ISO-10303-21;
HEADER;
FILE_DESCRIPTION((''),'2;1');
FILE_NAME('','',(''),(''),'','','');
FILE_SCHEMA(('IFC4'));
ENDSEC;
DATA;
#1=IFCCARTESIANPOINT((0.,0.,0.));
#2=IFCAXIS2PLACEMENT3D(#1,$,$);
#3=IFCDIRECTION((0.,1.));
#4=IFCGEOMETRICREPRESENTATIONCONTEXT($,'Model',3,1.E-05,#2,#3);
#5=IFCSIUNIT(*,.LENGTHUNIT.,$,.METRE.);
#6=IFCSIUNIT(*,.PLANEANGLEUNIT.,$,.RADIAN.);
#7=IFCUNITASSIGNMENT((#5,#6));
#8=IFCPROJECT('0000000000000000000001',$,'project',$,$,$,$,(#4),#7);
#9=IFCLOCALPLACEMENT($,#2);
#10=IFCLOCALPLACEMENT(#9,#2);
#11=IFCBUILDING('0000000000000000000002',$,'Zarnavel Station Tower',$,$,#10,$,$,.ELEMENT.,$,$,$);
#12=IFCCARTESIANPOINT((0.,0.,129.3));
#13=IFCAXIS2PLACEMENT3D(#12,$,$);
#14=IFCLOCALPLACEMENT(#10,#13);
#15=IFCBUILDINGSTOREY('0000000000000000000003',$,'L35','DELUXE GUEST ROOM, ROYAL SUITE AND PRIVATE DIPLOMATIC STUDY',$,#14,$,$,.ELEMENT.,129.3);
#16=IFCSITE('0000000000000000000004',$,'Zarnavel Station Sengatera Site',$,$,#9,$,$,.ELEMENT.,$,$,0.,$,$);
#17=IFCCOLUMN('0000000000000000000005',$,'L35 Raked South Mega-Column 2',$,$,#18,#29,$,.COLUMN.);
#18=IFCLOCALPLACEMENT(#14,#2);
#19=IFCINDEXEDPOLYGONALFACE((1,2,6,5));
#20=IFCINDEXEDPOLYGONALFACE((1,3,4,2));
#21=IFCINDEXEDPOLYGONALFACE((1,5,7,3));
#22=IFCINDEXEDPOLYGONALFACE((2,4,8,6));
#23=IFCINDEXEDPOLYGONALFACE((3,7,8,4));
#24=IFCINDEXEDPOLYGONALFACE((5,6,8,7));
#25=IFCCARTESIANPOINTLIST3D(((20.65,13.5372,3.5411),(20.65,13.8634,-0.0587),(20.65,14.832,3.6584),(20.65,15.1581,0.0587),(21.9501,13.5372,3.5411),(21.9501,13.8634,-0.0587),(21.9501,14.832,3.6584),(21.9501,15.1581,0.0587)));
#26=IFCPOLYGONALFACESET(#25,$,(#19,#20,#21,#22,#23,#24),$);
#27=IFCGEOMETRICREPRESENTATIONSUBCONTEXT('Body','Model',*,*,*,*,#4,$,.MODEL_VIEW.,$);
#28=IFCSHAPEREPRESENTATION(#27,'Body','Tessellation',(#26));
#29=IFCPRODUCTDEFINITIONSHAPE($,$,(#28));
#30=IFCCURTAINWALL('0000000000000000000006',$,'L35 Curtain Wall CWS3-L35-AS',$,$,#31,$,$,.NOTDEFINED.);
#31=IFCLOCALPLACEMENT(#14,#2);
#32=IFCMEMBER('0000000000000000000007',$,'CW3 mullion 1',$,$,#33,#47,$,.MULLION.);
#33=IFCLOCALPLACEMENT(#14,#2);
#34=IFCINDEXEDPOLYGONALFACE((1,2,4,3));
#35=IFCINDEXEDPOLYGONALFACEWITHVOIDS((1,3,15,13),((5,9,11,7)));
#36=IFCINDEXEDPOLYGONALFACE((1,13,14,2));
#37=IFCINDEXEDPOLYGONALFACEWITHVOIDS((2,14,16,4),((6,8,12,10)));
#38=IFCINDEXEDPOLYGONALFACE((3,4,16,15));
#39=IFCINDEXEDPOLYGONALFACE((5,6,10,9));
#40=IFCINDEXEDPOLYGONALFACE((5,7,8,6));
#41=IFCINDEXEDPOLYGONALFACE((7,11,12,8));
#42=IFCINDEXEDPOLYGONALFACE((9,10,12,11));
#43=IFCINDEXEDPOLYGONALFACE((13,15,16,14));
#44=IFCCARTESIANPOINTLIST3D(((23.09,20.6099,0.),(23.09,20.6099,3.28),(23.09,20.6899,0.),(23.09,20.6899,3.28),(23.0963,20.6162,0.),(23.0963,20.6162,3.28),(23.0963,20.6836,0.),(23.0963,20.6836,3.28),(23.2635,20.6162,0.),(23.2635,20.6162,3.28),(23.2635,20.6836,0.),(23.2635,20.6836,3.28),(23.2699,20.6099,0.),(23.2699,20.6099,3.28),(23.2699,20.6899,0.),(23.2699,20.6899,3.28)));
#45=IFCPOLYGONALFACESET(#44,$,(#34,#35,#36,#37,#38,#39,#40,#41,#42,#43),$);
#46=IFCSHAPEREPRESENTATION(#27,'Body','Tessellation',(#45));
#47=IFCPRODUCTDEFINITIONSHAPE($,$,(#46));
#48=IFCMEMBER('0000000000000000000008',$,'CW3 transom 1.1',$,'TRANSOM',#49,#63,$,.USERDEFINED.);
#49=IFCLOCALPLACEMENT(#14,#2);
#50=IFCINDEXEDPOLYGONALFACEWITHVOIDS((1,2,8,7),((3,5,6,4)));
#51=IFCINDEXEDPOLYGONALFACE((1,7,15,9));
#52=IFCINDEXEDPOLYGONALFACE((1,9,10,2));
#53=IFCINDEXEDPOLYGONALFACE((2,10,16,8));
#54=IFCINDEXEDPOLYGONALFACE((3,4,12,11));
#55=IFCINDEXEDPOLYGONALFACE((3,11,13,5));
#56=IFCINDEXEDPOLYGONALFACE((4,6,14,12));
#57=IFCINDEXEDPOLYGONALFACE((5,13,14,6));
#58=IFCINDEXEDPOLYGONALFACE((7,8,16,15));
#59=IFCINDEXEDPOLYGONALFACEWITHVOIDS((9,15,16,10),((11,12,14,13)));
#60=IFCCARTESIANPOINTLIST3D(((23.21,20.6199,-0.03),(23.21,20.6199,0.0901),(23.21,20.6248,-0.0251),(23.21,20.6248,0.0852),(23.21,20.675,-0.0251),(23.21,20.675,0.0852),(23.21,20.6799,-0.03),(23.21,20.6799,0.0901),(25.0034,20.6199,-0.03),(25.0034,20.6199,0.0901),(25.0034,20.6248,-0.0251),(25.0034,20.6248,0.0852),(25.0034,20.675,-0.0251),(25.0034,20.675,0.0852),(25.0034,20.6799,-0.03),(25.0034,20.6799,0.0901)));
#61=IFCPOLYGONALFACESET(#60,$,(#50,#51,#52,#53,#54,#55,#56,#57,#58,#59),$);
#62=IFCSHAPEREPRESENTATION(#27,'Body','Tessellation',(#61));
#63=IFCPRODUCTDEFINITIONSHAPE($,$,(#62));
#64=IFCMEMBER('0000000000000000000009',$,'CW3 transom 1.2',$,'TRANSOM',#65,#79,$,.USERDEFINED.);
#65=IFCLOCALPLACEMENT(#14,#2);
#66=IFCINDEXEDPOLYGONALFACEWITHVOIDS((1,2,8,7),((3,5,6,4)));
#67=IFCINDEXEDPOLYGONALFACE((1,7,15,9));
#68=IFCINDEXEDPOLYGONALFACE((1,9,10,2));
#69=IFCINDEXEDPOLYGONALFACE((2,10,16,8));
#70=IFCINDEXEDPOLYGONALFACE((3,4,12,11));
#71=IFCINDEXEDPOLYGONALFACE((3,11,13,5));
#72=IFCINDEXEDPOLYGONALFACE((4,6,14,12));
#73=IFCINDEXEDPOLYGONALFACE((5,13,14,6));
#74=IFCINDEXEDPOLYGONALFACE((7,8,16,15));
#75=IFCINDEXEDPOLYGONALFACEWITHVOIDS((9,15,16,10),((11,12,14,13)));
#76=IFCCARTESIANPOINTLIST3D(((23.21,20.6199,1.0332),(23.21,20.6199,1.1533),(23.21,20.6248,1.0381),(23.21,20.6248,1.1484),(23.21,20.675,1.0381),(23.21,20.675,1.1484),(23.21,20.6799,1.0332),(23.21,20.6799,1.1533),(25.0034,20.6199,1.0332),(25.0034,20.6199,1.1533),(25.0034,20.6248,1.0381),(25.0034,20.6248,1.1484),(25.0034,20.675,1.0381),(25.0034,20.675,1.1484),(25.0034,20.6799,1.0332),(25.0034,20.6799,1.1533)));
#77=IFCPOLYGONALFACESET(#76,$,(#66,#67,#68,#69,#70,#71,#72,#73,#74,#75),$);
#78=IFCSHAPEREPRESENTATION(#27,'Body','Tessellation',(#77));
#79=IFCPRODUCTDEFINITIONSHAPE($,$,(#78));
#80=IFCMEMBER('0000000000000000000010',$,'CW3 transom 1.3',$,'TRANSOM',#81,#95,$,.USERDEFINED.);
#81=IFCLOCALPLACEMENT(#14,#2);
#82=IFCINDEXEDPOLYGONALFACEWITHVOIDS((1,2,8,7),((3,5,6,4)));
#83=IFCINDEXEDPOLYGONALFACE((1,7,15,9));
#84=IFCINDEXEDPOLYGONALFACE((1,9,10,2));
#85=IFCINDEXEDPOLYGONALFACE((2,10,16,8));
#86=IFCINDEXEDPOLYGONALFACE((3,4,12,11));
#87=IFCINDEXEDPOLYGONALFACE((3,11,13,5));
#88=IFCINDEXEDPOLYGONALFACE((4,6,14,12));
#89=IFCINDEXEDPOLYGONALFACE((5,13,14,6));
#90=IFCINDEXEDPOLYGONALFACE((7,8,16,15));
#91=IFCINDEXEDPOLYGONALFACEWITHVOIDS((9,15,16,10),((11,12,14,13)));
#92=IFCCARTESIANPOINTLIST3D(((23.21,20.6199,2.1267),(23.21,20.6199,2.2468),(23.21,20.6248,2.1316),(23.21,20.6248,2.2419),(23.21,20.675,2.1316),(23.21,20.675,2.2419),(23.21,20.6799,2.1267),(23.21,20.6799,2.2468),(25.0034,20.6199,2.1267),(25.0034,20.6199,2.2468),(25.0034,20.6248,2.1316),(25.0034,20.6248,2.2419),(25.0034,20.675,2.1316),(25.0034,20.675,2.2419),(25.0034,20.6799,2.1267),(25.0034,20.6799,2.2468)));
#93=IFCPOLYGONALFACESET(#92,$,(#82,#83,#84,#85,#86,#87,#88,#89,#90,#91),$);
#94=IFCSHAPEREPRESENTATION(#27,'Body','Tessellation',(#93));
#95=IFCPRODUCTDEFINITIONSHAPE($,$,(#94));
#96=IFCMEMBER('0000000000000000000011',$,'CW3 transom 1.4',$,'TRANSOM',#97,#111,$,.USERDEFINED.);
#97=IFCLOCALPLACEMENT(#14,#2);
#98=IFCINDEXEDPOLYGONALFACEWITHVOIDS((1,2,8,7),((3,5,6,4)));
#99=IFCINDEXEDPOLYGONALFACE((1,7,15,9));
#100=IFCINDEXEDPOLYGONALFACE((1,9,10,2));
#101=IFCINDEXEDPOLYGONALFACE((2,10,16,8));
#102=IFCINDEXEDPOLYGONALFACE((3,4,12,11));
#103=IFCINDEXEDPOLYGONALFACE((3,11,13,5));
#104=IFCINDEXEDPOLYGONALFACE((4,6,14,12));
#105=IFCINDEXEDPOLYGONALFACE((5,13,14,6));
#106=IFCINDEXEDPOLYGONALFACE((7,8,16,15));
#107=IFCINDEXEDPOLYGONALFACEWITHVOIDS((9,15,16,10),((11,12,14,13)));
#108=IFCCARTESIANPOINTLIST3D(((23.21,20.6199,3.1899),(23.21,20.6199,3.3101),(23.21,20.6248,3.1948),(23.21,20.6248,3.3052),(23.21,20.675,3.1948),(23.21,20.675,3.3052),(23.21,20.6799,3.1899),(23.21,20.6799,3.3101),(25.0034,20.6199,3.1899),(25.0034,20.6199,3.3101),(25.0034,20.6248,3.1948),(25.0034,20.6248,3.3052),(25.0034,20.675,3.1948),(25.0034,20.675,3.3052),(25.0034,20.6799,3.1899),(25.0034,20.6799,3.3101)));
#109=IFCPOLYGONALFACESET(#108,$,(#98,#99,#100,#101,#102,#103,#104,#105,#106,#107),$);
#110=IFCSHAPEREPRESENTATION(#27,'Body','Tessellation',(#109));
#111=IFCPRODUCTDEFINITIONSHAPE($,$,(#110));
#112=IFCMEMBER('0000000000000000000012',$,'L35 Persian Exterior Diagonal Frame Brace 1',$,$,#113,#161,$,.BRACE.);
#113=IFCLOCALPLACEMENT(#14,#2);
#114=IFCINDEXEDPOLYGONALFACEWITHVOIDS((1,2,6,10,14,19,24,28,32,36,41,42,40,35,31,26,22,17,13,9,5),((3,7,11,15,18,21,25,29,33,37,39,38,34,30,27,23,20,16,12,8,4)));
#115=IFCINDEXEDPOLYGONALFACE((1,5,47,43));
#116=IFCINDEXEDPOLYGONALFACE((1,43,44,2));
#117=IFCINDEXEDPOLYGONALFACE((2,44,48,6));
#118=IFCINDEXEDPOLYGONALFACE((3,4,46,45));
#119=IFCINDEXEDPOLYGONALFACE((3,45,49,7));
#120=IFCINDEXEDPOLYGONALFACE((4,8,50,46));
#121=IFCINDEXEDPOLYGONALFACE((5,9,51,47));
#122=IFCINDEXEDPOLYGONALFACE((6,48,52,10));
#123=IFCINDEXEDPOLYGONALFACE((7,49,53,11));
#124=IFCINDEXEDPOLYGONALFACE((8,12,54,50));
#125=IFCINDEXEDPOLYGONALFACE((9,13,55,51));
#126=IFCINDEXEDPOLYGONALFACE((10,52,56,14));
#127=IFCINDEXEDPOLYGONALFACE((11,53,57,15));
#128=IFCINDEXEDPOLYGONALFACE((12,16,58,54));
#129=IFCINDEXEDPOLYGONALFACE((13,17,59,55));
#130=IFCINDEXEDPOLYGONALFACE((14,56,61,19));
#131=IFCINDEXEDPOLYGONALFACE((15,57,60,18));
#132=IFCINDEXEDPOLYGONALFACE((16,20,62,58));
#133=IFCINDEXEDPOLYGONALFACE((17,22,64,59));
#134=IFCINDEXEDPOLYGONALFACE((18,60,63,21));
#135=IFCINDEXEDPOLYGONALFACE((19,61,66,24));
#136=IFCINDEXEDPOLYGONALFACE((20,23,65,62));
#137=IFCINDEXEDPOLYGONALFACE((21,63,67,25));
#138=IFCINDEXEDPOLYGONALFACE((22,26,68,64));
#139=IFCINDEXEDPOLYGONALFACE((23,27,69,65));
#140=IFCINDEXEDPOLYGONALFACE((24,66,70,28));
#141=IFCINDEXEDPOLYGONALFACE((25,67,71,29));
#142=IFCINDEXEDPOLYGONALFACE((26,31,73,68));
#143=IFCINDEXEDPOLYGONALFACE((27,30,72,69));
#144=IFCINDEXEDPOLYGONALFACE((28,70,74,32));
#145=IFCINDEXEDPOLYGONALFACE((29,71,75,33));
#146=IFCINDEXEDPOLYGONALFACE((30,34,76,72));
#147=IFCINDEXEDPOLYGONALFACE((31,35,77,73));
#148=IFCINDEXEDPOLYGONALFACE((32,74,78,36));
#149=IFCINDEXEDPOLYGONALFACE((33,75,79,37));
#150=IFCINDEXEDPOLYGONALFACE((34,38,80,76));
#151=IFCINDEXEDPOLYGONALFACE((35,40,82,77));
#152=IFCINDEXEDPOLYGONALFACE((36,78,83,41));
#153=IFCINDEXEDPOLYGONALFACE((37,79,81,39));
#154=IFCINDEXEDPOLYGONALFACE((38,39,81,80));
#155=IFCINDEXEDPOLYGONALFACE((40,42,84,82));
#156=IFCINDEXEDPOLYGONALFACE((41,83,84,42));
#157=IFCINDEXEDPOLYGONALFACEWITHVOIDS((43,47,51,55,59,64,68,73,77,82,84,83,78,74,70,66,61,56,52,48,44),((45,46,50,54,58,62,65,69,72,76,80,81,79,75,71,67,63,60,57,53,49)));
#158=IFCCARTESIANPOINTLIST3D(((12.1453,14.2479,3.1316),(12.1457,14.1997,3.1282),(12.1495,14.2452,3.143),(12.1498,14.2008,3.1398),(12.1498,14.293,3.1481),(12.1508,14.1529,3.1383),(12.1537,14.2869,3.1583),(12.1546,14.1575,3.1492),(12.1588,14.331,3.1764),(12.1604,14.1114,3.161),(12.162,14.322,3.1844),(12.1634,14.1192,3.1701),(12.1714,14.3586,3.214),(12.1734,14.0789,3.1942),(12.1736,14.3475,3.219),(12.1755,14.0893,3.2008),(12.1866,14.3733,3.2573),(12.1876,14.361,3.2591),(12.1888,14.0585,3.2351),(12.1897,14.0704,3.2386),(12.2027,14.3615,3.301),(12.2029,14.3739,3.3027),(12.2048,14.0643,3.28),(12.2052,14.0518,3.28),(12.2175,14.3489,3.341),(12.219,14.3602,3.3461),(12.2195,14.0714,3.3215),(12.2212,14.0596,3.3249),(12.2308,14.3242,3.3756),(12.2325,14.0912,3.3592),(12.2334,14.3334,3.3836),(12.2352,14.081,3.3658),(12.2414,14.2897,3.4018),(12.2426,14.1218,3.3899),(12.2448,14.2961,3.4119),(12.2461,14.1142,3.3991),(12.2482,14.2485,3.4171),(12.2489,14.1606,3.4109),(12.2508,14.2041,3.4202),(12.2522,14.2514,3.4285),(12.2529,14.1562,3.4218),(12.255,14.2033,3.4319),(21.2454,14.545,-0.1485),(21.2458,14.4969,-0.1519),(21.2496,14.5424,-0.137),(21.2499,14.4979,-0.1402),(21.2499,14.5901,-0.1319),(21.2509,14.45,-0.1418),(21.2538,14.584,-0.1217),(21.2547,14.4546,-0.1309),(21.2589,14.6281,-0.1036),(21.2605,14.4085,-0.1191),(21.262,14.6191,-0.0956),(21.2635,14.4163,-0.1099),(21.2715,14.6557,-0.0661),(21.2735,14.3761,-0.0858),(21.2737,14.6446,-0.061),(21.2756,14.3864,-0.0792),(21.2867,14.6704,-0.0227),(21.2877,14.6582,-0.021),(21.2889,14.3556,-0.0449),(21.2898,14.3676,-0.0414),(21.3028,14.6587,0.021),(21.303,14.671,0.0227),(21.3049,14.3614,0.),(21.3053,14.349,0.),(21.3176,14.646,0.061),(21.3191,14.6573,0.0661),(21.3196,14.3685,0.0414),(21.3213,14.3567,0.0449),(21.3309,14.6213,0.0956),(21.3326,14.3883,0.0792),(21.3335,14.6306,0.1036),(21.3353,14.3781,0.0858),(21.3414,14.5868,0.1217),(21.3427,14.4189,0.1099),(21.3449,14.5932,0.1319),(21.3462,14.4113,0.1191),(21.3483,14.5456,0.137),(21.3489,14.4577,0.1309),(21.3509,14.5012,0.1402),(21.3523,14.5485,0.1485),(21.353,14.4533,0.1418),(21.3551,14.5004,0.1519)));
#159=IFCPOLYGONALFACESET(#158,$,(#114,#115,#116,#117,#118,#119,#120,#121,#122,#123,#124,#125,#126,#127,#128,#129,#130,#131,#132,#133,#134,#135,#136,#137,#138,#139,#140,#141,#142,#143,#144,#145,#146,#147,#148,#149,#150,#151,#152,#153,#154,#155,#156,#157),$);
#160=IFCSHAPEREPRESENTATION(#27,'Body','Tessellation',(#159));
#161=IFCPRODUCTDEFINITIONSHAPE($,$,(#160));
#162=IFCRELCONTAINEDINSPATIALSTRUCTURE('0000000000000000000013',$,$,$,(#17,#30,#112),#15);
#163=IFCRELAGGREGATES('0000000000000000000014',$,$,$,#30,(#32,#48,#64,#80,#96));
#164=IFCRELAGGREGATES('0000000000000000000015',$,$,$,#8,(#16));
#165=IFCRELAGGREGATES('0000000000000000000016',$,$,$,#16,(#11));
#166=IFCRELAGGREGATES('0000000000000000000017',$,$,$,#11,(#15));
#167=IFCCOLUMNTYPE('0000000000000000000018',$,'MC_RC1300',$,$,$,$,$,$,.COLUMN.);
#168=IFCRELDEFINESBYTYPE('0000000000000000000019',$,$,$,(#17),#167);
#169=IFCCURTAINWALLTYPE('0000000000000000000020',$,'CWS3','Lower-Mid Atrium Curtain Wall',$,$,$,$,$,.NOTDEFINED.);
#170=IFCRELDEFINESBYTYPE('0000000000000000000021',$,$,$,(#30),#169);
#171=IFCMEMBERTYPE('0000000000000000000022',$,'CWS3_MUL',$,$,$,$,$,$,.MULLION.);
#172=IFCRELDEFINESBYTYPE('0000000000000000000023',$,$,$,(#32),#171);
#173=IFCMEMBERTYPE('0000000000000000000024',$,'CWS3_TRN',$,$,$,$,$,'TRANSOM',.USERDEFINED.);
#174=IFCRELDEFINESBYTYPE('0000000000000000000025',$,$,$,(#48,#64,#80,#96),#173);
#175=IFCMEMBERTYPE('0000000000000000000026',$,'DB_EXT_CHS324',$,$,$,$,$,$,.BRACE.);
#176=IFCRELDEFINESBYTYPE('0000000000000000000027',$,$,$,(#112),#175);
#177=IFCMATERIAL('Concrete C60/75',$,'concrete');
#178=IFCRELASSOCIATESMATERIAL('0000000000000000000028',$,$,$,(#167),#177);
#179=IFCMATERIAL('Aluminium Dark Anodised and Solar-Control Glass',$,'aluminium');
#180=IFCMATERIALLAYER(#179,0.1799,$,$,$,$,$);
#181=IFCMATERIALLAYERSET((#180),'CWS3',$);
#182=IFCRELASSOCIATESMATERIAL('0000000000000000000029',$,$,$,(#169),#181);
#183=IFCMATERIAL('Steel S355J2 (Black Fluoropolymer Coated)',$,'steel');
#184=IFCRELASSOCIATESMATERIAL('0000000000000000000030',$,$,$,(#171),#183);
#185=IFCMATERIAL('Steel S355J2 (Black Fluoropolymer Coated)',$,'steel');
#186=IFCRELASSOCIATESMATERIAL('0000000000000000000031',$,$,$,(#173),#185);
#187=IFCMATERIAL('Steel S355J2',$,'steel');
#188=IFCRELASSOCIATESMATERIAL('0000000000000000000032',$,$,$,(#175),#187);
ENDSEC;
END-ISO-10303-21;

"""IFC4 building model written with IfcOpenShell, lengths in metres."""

from ifc_helpers import new_model, si_unit, direction, frame, origin, origin_2d, place, context, subcontext, project, spatial, rectangle, hollow_rectangle, hollow_circle, extrude, material, layer, layer_set, material_profile, profile_set, type_object, element, aggregate, save


model = new_model("IFC4")

# Units and contexts
model_context = context("Model", 3, precision=1e-05, world=origin(), true_north=direction((0.0, 1.0)))
body_context = subcontext(model_context, "Body", "Model", "MODEL_VIEW")
ifc_project = project(units=[si_unit("LENGTHUNIT", "METRE"), si_unit("PLANEANGLEUNIT", "RADIAN")], contexts=[model_context])

# Site, building, storey
site_placement = place(None, origin())
site = spatial("IfcSite", under=ifc_project, at=site_placement, Name="Zarnavel Station Sengatera Site", CompositionType="ELEMENT", RefElevation=0.0)
building_placement = place(site_placement, origin())
building = spatial("IfcBuilding", under=site, at=building_placement, Name="Zarnavel Station Tower", CompositionType="ELEMENT")
storey_placement = place(building_placement, frame((0.0, 0.0, 129.3)))
storey = spatial("IfcBuildingStorey", under=building, at=storey_placement, Name="L35", Description="DELUXE GUEST ROOM, ROYAL SUITE AND PRIVATE DIPLOMATIC STUDY", CompositionType="ELEMENT", Elevation=129.3)

# Column
ifc_material_1 = material(Name="Concrete C60/75", Category="concrete")
ifc_material_profile_1 = material_profile(ifc_material_1, rectangle(XDim=1.3, YDim=1.3, at=origin_2d()), Name="RC1300x1300")
ifc_profile_set_1 = profile_set([ifc_material_profile_1], Name="Concrete C60/75")
column_type = type_object("IfcColumnType", Name="MC_RC1300", PredefinedType="COLUMN", material=ifc_profile_set_1)
column_placement = place(storey_placement, frame((21.3, 14.5107, 0.0), z_axis=(0.0, -0.090237, 0.99592), x_axis=(1.0, 0.0, 0.0)))
element("IfcColumn", 1, at=column_placement, inside=storey, type_object=column_type, Name="L35 Raked South Mega-Column 2", PredefinedType="COLUMN", context=body_context, shape_type="SweptSolid", body=[
    extrude(rectangle(XDim=1.3, YDim=1.3, at=origin_2d()), origin(), (0.0, 0.0, 1.0), 3.6145),
])

# Curtain wall, members
ifc_material_2 = material(Name="Aluminium Dark Anodised and Solar-Control Glass", Category="aluminium")
ifc_layer_1 = layer(ifc_material_2, 0.1799)
ifc_layer_set_1 = layer_set([ifc_layer_1], Name="CWS3")
curtain_wall_type = type_object("IfcCurtainWallType", Name="CWS3", Description="Lower-Mid Atrium Curtain Wall", PredefinedType="NOTDEFINED", material=ifc_layer_set_1)
curtain_wall_placement = place(storey_placement, origin())
curtain_wall = element("IfcCurtainWall", 2, at=curtain_wall_placement, inside=storey, type_object=curtain_wall_type, Name="L35 Curtain Wall CWS3-L35-AS", PredefinedType="NOTDEFINED")
ifc_material_3 = material(Name="Steel S355J2 (Black Fluoropolymer Coated)", Category="steel")
ifc_material_profile_2 = material_profile(ifc_material_3, hollow_rectangle(XDim=0.0801, YDim=0.1799, WallThickness=0.0063, at=origin_2d()), Name="RHS180x80x6.3")
ifc_profile_set_2 = profile_set([ifc_material_profile_2], Name="Steel S355J2 (Black Fluoropolymer Coated)")
member_type_1 = type_object("IfcMemberType", Name="CWS3_MUL", PredefinedType="MULLION", material=ifc_profile_set_2)
member_1_placement = place(storey_placement, frame((23.1799, 20.6499, 0.0), z_axis=(0.0, 0.0, 1.0), x_axis=(0.0, 1.0, 0.0)))
member_1 = element("IfcMember", 3, at=member_1_placement, type_object=member_type_1, Name="CW3 mullion 1", PredefinedType="MULLION", context=body_context, shape_type="SweptSolid", body=[
    extrude(hollow_rectangle(XDim=0.0801, YDim=0.1799, WallThickness=0.0063, at=origin_2d()), origin(), (0.0, 0.0, 1.0), 3.28),
])
ifc_material_4 = material(Name="Steel S355J2 (Black Fluoropolymer Coated)", Category="steel")
ifc_material_profile_3 = material_profile(ifc_material_4, hollow_rectangle(XDim=0.0601, YDim=0.1201, WallThickness=0.0049, at=origin_2d()), Name="RHS120x60x5")
ifc_profile_set_3 = profile_set([ifc_material_profile_3], Name="Steel S355J2 (Black Fluoropolymer Coated)")
member_type_2 = type_object("IfcMemberType", Name="CWS3_TRN", ElementType="TRANSOM", PredefinedType="USERDEFINED", material=ifc_profile_set_3)
member_2_placement = place(storey_placement, frame((23.21, 20.6499, 0.03), z_axis=(1.0, 0.0, 0.0), x_axis=(0.0, 1.0, 0.0)))
member_2 = element("IfcMember", 4, at=member_2_placement, type_object=member_type_2, Name="CW3 transom 1.1", ObjectType="TRANSOM", PredefinedType="USERDEFINED", context=body_context, shape_type="SweptSolid", body=[
    extrude(hollow_rectangle(XDim=0.0601, YDim=0.1201, WallThickness=0.0049, at=origin_2d()), origin(), (0.0, 0.0, 1.0), 1.7935),
])
member_3_placement = place(storey_placement, frame((23.21, 20.6499, 1.0933), z_axis=(1.0, 0.0, 0.0), x_axis=(0.0, 1.0, 0.0)))
member_3 = element("IfcMember", 5, at=member_3_placement, type_object=member_type_2, Name="CW3 transom 1.2", ObjectType="TRANSOM", PredefinedType="USERDEFINED", context=body_context, shape_type="SweptSolid", body=[
    extrude(hollow_rectangle(XDim=0.0601, YDim=0.1201, WallThickness=0.0049, at=origin_2d()), origin(), (0.0, 0.0, 1.0), 1.7935),
])
member_4_placement = place(storey_placement, frame((23.21, 20.6499, 2.1868), z_axis=(1.0, 0.0, 0.0), x_axis=(0.0, 1.0, 0.0)))
member_4 = element("IfcMember", 6, at=member_4_placement, type_object=member_type_2, Name="CW3 transom 1.3", ObjectType="TRANSOM", PredefinedType="USERDEFINED", context=body_context, shape_type="SweptSolid", body=[
    extrude(hollow_rectangle(XDim=0.0601, YDim=0.1201, WallThickness=0.0049, at=origin_2d()), origin(), (0.0, 0.0, 1.0), 1.7935),
])
member_5_placement = place(storey_placement, frame((23.21, 20.6499, 3.25), z_axis=(1.0, 0.0, 0.0), x_axis=(0.0, 1.0, 0.0)))
member_5 = element("IfcMember", 7, at=member_5_placement, type_object=member_type_2, Name="CW3 transom 1.4", ObjectType="TRANSOM", PredefinedType="USERDEFINED", context=body_context, shape_type="SweptSolid", body=[
    extrude(hollow_rectangle(XDim=0.0601, YDim=0.1201, WallThickness=0.0049, at=origin_2d()), origin(), (0.0, 0.0, 1.0), 1.7935),
])
aggregate(curtain_wall, [member_1, member_2, member_3, member_4, member_5])

# Member
ifc_material_5 = material(Name="Steel S355J2", Category="steel")
ifc_material_profile_4 = material_profile(ifc_material_5, hollow_circle(Radius=0.1619, WallThickness=0.0125, at=origin_2d()), Name="CHS323.9x12.5")
ifc_profile_set_4 = profile_set([ifc_material_profile_4], Name="Steel S355J2")
member_type_3 = type_object("IfcMemberType", Name="DB_EXT_CHS324", PredefinedType="BRACE", material=ifc_profile_set_4)
member_6_placement = place(storey_placement, frame((21.3, 14.5107, 0.0), z_axis=(-0.940312, -0.030701, 0.338925), x_axis=(0.032633, -0.999467, 0.0)))
element("IfcMember", 8, at=member_6_placement, inside=storey, type_object=member_type_3, Name="L35 Persian Exterior Diagonal Frame Brace 1", PredefinedType="BRACE", context=body_context, shape_type="SweptSolid", body=[
    extrude(hollow_circle(Radius=0.1619, WallThickness=0.0125, at=origin_2d()), origin(), (0.0, 0.0, 1.0), 9.6777),
])

save(model, "model.ifc")
